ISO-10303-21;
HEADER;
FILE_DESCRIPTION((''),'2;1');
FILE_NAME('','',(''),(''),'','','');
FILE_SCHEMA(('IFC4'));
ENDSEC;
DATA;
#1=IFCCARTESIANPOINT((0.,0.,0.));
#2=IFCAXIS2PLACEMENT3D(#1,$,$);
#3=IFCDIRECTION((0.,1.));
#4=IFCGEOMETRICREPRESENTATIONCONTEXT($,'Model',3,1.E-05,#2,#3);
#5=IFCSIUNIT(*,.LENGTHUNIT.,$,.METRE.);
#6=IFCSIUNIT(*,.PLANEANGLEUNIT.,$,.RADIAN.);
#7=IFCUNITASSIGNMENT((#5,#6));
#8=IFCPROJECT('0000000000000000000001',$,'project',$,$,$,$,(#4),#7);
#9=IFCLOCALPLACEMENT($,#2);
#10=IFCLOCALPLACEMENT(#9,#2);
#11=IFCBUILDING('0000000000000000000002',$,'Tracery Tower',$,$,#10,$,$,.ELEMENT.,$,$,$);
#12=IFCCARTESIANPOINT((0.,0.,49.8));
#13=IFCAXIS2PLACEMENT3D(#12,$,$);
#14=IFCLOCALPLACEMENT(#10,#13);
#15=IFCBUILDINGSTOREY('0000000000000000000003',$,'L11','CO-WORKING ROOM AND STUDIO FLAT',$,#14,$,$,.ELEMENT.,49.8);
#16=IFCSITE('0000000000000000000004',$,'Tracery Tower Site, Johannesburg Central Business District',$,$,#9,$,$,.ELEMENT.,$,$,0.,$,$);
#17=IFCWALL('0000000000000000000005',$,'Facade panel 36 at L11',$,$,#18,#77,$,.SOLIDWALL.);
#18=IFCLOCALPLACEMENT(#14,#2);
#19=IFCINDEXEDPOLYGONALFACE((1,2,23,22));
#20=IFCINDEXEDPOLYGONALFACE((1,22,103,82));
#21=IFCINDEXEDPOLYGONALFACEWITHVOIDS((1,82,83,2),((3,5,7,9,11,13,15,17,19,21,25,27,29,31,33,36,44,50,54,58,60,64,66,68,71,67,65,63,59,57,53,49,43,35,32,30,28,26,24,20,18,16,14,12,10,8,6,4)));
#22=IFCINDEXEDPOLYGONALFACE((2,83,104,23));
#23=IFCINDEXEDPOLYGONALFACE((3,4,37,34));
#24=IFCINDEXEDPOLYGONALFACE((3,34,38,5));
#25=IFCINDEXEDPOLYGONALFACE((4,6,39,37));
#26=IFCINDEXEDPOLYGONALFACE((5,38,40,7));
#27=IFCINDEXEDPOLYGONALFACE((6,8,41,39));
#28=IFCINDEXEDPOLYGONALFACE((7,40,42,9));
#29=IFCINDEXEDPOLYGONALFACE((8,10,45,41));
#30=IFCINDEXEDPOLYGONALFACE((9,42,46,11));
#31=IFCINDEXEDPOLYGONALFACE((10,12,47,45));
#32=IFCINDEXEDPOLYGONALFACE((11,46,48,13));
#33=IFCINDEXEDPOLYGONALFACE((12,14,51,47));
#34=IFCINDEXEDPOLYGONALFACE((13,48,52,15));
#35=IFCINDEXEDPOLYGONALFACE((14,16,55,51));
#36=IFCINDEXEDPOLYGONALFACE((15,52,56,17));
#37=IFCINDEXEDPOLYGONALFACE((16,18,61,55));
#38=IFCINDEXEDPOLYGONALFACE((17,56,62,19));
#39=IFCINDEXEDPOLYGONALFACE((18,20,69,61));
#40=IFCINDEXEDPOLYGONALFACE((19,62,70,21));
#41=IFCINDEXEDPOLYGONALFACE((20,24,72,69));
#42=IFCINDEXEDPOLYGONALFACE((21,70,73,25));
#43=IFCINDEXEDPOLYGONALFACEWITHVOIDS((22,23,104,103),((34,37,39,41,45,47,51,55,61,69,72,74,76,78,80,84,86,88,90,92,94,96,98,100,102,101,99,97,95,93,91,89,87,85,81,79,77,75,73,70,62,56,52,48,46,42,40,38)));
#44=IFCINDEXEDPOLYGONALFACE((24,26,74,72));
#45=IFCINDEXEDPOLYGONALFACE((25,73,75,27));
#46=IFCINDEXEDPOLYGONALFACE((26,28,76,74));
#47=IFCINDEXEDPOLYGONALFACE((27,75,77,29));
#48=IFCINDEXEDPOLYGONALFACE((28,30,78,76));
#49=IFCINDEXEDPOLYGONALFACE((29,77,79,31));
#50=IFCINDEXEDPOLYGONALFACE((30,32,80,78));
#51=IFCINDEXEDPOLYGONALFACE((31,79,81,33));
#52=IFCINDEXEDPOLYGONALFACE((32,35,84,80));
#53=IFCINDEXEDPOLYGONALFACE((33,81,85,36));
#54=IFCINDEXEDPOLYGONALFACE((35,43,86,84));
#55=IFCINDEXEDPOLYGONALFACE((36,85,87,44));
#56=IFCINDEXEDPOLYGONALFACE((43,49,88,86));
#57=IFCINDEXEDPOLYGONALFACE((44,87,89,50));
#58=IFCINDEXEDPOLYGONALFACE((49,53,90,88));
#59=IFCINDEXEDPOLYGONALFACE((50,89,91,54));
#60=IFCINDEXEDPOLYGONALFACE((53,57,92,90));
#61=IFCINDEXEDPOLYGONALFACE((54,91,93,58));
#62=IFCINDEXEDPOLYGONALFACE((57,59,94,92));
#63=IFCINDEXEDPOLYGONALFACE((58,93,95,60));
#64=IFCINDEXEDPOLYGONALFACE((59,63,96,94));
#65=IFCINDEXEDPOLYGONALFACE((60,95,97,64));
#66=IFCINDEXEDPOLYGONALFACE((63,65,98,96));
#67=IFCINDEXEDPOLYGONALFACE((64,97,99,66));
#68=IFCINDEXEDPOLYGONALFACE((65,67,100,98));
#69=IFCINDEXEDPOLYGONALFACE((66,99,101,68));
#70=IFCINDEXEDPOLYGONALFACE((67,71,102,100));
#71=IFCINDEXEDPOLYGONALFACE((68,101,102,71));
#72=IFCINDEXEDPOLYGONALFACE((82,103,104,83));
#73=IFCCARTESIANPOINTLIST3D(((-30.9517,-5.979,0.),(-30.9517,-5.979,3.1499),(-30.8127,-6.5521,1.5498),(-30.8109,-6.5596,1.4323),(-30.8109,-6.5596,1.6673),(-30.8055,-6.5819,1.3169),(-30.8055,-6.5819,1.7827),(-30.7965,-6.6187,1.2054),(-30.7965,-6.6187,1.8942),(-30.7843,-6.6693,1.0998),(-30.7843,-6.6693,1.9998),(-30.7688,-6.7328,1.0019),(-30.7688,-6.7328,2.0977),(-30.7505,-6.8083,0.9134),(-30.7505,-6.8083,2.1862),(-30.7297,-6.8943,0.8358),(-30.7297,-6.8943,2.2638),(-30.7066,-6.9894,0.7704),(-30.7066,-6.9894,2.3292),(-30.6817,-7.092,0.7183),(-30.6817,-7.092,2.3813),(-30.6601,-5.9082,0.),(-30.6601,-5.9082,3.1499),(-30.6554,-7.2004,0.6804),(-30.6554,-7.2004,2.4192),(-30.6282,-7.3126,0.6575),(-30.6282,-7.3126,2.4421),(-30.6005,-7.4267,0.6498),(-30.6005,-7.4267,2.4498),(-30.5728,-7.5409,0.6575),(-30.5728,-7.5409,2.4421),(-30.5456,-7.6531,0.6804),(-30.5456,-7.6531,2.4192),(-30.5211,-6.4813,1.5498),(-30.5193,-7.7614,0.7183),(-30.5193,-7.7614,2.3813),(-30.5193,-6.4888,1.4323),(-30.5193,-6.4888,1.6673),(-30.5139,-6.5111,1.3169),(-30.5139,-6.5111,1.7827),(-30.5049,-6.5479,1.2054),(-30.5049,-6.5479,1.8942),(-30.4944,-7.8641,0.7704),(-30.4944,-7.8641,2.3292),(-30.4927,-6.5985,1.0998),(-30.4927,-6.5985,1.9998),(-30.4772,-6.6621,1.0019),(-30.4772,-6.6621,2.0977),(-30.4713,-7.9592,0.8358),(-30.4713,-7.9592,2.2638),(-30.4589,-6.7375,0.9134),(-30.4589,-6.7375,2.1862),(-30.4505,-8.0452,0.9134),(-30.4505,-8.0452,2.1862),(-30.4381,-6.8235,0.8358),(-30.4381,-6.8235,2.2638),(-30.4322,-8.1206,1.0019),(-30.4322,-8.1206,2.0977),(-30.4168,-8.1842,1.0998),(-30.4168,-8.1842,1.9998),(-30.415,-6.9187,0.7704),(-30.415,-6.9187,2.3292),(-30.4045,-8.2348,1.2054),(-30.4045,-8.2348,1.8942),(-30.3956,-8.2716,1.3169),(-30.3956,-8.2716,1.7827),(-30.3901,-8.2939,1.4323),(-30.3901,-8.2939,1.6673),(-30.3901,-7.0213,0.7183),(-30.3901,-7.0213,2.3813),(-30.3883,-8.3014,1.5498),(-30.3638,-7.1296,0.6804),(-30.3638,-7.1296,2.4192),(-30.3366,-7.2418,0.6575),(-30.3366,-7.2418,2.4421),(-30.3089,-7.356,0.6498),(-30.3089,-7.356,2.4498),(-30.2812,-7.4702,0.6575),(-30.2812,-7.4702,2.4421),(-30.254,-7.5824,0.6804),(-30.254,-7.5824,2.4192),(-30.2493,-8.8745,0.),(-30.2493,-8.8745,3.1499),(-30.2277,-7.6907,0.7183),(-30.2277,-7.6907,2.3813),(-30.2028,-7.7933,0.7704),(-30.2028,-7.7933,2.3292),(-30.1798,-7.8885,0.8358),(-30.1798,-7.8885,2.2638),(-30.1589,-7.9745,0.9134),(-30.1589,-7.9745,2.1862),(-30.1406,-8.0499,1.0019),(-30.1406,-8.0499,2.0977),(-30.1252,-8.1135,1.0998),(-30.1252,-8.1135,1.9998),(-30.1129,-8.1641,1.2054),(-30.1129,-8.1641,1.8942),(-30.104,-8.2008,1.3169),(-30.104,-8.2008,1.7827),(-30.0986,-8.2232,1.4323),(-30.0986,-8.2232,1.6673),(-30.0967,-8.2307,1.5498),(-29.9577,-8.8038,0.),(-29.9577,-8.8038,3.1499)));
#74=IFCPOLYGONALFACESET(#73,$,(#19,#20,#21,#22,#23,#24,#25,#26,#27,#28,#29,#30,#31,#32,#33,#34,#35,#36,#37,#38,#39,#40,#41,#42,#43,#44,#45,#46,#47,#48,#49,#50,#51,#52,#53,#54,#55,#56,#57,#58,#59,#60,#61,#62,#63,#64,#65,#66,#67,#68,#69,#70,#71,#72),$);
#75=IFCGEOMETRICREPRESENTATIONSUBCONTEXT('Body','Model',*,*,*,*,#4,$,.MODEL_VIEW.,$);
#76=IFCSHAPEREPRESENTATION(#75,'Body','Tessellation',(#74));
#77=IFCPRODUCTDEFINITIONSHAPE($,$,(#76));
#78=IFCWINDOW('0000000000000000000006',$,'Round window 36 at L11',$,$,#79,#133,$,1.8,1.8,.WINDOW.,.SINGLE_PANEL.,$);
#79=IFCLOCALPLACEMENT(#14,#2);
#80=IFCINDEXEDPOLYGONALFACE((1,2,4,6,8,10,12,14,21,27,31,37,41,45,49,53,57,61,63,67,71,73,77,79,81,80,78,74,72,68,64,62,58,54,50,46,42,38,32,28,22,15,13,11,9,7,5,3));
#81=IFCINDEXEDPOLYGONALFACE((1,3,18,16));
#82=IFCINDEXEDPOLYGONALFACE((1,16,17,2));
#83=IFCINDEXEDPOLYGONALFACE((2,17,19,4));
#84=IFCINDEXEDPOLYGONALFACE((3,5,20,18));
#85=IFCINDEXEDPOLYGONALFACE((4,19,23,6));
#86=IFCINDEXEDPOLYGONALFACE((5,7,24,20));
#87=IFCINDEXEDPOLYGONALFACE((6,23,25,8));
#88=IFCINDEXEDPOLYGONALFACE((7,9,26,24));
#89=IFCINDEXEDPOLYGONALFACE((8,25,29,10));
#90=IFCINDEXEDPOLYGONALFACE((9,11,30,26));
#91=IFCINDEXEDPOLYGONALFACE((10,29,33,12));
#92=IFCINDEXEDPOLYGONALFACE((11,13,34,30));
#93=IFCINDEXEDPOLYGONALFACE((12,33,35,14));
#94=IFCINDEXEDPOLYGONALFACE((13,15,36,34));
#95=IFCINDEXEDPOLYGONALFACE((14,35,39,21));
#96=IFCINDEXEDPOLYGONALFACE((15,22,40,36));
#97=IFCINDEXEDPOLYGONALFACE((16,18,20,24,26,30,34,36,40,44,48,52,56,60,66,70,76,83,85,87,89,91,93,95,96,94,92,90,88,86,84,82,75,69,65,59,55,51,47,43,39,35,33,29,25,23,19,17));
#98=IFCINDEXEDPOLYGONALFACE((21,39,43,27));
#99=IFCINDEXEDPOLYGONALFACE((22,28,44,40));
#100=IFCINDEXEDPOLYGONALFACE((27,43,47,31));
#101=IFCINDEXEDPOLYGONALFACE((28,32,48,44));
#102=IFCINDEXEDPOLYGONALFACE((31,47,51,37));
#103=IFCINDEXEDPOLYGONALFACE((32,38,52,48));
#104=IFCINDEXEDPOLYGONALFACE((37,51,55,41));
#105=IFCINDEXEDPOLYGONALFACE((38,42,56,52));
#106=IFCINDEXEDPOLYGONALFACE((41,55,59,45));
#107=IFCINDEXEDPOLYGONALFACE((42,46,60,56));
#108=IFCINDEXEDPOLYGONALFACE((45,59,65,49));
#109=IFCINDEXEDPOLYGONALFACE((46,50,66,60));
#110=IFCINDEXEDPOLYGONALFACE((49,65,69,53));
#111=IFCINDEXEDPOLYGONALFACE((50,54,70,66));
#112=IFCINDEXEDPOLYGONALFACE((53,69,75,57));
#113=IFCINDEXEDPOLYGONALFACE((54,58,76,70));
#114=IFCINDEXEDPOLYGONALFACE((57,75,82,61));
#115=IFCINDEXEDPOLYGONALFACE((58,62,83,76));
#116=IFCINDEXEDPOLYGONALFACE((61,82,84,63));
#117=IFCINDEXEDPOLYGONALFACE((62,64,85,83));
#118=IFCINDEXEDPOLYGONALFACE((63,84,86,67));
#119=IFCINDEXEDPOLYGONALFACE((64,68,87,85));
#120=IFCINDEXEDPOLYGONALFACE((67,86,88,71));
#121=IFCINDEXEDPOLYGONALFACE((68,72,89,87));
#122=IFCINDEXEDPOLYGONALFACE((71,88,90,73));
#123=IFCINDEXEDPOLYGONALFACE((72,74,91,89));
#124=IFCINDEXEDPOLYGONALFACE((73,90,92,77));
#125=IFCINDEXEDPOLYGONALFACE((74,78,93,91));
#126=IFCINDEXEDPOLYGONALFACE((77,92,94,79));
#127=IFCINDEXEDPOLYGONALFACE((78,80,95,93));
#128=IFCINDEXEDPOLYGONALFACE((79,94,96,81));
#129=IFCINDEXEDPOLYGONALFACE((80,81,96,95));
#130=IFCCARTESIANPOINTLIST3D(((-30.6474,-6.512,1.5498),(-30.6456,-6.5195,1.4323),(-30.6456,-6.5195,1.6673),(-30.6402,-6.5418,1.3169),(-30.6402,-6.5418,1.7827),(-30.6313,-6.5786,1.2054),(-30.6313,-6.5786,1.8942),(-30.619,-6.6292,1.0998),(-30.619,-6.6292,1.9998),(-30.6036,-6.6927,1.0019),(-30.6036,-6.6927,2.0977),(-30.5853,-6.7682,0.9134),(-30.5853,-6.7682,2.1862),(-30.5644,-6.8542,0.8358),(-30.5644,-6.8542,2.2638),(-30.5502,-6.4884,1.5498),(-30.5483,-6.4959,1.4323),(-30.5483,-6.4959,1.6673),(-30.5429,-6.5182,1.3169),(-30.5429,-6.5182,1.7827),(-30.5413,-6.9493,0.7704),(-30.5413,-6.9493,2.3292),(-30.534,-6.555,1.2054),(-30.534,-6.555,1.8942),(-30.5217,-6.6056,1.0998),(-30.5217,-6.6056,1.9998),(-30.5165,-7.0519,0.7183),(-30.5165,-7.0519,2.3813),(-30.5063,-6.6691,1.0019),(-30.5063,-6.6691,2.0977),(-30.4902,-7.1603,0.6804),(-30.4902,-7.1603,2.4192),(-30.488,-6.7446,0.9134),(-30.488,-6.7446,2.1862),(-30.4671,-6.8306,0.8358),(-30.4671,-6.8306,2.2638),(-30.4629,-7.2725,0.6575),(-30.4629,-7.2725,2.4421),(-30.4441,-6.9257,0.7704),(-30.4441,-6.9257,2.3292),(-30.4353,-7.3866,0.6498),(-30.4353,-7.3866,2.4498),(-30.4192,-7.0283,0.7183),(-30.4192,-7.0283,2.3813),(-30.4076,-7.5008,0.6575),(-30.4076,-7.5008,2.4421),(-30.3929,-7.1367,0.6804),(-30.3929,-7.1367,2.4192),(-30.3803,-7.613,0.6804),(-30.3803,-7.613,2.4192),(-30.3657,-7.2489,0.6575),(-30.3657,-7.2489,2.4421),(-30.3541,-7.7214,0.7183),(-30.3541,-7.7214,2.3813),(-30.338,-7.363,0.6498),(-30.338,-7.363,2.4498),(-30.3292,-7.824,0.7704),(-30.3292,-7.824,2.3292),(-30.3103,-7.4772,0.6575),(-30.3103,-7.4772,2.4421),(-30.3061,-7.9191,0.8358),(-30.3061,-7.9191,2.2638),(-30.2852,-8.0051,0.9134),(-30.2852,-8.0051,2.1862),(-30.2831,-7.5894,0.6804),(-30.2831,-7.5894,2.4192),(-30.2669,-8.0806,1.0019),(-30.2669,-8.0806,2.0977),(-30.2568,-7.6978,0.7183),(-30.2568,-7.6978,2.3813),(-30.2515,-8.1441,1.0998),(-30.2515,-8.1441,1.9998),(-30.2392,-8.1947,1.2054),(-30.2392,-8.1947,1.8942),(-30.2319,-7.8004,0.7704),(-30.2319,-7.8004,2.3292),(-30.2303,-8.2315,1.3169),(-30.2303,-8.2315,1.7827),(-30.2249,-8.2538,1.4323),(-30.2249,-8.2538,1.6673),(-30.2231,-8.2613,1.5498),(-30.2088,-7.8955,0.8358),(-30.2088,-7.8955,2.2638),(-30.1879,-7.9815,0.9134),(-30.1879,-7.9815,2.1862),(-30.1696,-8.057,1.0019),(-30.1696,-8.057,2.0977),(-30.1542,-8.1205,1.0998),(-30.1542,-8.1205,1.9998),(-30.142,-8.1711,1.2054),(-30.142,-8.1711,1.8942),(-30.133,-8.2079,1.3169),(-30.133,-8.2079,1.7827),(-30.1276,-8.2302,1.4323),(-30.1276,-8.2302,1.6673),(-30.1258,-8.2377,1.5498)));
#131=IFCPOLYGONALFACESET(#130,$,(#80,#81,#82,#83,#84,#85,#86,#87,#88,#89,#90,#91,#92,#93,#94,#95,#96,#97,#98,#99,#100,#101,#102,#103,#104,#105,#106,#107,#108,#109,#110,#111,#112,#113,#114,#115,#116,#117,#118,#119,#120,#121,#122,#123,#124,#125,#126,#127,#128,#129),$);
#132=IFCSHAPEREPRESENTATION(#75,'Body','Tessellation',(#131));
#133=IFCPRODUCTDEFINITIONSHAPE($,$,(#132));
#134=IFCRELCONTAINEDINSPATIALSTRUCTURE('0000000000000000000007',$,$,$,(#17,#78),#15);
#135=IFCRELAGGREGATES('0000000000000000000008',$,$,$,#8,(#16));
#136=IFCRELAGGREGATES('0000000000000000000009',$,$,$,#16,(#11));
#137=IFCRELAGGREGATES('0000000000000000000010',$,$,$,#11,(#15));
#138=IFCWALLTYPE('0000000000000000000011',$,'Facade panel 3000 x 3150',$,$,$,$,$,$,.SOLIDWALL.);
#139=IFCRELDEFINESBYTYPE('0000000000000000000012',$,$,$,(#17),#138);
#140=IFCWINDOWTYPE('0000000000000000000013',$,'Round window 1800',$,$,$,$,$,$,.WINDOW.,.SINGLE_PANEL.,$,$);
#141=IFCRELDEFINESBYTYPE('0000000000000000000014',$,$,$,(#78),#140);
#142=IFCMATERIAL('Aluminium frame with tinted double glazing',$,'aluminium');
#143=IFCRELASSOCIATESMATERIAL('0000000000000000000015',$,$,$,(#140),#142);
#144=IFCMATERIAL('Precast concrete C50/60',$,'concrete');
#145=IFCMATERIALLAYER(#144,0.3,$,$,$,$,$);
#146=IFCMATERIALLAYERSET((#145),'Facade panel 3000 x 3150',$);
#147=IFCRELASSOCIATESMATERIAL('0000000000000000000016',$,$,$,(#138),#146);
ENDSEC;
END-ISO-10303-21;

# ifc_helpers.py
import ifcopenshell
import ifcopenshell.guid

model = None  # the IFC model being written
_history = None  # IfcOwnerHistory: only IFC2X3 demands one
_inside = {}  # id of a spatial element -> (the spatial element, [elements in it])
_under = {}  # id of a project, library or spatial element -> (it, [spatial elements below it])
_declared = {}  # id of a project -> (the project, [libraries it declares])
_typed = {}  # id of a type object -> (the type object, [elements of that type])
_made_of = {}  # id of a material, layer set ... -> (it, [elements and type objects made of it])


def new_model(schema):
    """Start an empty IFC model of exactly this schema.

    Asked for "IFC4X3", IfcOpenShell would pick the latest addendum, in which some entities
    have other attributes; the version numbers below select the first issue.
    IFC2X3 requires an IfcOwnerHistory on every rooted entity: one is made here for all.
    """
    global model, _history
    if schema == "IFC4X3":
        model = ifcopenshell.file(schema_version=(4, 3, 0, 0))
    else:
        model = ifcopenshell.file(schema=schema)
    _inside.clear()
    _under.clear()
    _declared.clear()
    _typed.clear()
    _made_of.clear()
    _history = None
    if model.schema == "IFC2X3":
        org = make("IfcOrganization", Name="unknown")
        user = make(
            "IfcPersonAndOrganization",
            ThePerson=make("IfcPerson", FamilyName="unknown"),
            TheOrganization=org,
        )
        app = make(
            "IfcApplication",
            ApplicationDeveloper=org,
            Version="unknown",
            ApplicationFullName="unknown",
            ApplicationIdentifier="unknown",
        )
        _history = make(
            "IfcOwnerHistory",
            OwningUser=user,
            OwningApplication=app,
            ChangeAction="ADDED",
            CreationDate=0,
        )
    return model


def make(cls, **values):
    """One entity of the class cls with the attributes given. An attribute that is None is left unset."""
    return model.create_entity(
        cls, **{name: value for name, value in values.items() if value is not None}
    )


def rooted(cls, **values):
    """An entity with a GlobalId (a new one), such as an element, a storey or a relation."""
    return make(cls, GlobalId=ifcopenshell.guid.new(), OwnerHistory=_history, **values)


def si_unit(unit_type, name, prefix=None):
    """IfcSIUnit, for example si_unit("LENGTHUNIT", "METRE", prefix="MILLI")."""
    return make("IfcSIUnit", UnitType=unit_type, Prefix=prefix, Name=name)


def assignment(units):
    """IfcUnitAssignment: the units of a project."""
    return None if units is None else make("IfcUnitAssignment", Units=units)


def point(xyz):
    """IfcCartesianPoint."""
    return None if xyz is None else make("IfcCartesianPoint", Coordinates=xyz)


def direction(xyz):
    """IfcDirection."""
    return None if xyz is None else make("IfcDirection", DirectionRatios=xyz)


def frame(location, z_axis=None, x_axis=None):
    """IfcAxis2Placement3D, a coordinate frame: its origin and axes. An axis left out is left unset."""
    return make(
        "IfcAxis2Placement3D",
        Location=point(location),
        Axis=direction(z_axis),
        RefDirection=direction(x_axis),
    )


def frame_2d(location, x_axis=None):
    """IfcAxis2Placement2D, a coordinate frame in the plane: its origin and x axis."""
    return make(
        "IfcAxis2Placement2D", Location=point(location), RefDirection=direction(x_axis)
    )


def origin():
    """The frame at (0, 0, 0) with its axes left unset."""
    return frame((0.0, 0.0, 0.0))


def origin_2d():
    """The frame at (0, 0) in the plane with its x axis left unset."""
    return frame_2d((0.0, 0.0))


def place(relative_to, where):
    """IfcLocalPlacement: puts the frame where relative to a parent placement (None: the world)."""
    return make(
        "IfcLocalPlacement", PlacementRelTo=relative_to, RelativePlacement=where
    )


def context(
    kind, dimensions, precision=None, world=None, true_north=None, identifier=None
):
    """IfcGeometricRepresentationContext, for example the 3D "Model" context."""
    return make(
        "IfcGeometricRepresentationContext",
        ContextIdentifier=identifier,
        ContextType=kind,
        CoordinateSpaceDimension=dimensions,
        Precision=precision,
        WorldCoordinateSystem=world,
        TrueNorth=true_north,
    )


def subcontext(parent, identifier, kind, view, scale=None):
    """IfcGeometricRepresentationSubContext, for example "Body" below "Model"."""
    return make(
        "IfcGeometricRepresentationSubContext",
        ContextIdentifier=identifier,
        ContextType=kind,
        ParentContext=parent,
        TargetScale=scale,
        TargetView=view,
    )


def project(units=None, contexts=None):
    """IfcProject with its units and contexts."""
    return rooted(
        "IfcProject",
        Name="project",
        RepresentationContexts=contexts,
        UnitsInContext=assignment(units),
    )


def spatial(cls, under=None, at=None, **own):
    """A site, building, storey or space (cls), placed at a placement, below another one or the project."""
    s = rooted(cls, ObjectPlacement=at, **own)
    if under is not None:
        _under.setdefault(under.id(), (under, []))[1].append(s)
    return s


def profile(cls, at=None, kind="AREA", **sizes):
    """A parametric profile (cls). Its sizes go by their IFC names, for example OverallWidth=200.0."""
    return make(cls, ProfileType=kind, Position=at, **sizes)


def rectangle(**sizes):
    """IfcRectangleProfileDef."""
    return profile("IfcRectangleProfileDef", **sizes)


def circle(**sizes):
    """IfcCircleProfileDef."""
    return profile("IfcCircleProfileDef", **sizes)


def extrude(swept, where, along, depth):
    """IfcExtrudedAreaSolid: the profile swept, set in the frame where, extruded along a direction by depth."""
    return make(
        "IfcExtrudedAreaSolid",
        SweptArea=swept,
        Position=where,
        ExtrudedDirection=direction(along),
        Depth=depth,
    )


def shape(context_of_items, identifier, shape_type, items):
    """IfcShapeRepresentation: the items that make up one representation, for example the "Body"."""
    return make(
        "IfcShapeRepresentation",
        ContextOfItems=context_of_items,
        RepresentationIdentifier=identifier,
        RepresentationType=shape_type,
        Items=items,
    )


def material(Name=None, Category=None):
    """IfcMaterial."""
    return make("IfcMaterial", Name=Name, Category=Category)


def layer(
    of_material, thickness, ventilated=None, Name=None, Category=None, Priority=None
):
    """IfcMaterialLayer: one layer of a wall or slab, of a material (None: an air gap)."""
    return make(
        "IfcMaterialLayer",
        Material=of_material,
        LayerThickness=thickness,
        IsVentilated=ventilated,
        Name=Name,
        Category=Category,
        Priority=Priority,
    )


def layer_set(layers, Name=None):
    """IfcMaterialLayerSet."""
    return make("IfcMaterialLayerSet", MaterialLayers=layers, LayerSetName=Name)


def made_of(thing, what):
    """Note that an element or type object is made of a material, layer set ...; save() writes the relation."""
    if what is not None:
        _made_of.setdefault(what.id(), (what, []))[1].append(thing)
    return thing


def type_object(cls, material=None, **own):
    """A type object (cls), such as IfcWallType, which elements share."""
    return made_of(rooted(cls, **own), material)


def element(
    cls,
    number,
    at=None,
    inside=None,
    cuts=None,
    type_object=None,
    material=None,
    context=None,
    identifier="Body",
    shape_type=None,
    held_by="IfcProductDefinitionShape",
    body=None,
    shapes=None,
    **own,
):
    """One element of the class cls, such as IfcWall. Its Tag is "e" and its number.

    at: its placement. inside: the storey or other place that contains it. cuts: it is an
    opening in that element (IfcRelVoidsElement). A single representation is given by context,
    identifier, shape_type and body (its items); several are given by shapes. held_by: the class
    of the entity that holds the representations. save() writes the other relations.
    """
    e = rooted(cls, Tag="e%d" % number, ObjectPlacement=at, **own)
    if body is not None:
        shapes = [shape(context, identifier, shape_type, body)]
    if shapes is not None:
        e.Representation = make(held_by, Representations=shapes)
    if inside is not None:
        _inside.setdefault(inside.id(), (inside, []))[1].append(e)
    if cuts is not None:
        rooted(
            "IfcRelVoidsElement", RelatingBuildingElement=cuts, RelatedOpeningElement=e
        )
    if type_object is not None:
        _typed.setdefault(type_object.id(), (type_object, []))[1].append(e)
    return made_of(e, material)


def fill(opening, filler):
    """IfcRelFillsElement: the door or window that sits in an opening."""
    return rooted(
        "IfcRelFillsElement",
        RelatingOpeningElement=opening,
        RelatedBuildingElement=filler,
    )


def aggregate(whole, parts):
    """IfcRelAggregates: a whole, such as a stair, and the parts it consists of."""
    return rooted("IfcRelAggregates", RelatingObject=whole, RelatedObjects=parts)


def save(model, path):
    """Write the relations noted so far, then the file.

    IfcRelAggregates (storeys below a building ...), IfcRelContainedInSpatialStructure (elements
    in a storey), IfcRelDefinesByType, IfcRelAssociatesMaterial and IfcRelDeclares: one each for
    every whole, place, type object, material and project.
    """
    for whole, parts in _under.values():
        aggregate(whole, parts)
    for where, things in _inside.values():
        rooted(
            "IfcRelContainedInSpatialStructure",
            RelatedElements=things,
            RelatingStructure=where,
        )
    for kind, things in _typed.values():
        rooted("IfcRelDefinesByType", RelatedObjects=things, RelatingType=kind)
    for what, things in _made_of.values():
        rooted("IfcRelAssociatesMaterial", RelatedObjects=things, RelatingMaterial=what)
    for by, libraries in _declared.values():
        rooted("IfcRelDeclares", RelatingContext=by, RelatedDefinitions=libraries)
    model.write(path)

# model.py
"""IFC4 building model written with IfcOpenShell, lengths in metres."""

from ifc_helpers import new_model, si_unit, direction, frame, frame_2d, origin, origin_2d, place, context, subcontext, project, spatial, rectangle, circle, extrude, material, layer, layer_set, type_object, element, fill, save


model = new_model("IFC4")

# Units and contexts
model_context = context("Model", 3, precision=1e-05, world=origin(), true_north=direction((0.0, 1.0)))
body_context = subcontext(model_context, "Body", "Model", "MODEL_VIEW")
ifc_project = project(units=[si_unit("LENGTHUNIT", "METRE"), si_unit("PLANEANGLEUNIT", "RADIAN")], contexts=[model_context])

# Site, building, storey
site_placement = place(None, origin())
site = spatial("IfcSite", under=ifc_project, at=site_placement, Name="Tracery Tower Site, Johannesburg Central Business District", CompositionType="ELEMENT", RefElevation=0.0)
building_placement = place(site_placement, origin())
building = spatial("IfcBuilding", under=site, at=building_placement, Name="Tracery Tower", CompositionType="ELEMENT")
storey_placement = place(building_placement, frame((0.0, 0.0, 49.8)))
storey = spatial("IfcBuildingStorey", under=building, at=storey_placement, Name="L11", Description="CO-WORKING ROOM AND STUDIO FLAT", CompositionType="ELEMENT", Elevation=49.8)

# Wall, opening, window
ifc_material_1 = material(Name="Aluminium frame with tinted double glazing", Category="aluminium")
window_type = type_object("IfcWindowType", Name="Round window 1800", PartitioningType="SINGLE_PANEL", PredefinedType="WINDOW", material=ifc_material_1)
ifc_material_2 = material(Name="Precast concrete C50/60", Category="concrete")
ifc_layer_1 = layer(ifc_material_2, 0.3)
ifc_layer_set_1 = layer_set([ifc_layer_1], Name="Facade panel 3000 x 3150")
wall_type_1 = type_object("IfcWallType", Name="Facade panel 3000 x 3150", PredefinedType="SOLIDWALL", material=ifc_layer_set_1)
wall_1_placement = place(storey_placement, frame((-30.8059, -5.9436, 0.0), z_axis=(0.0, 0.0, 1.0), x_axis=(0.235743, -0.971815, 0.0)))
wall_1 = element("IfcWall", 1, at=wall_1_placement, inside=storey, type_object=wall_type_1, Name="Facade panel 36 at L11", PredefinedType="SOLIDWALL", context=body_context, shape_type="SweptSolid", body=[
    extrude(rectangle(XDim=2.9795, YDim=0.3, at=frame_2d((1.4897, 0.0))), origin(), (0.0, 0.0, 1.0), 3.1499),
])
opening_1_placement = place(wall_1_placement, frame((1.4897, 0.0, 1.5498)))
opening_1 = element("IfcOpeningElement", 2, at=opening_1_placement, cuts=wall_1, PredefinedType="OPENING", context=body_context, shape_type="SweptSolid", body=[
    extrude(circle(Radius=0.9, at=origin_2d()), frame((0.0, 0.1599, 0.0), z_axis=(0.0, -1.0, 0.0), x_axis=(1.0, 0.0, 0.0)), (0.0, 0.0, 1.0), 0.3201),
])
window_1_placement = place(opening_1_placement, origin())
window_1 = element("IfcWindow", 3, at=window_1_placement, inside=storey, type_object=window_type, Name="Round window 36 at L11", OverallHeight=1.8, OverallWidth=1.8, PartitioningType="SINGLE_PANEL", PredefinedType="WINDOW", context=body_context, shape_type="SweptSolid", body=[
    extrude(circle(Radius=0.9, at=origin_2d()), frame((0.0, 0.1201, 0.0), z_axis=(0.0, -1.0, 0.0), x_axis=(1.0, 0.0, 0.0)), (0.0, 0.0, 1.0), 0.1001),
])
fill(opening_1, window_1)

save(model, "model.ifc")
